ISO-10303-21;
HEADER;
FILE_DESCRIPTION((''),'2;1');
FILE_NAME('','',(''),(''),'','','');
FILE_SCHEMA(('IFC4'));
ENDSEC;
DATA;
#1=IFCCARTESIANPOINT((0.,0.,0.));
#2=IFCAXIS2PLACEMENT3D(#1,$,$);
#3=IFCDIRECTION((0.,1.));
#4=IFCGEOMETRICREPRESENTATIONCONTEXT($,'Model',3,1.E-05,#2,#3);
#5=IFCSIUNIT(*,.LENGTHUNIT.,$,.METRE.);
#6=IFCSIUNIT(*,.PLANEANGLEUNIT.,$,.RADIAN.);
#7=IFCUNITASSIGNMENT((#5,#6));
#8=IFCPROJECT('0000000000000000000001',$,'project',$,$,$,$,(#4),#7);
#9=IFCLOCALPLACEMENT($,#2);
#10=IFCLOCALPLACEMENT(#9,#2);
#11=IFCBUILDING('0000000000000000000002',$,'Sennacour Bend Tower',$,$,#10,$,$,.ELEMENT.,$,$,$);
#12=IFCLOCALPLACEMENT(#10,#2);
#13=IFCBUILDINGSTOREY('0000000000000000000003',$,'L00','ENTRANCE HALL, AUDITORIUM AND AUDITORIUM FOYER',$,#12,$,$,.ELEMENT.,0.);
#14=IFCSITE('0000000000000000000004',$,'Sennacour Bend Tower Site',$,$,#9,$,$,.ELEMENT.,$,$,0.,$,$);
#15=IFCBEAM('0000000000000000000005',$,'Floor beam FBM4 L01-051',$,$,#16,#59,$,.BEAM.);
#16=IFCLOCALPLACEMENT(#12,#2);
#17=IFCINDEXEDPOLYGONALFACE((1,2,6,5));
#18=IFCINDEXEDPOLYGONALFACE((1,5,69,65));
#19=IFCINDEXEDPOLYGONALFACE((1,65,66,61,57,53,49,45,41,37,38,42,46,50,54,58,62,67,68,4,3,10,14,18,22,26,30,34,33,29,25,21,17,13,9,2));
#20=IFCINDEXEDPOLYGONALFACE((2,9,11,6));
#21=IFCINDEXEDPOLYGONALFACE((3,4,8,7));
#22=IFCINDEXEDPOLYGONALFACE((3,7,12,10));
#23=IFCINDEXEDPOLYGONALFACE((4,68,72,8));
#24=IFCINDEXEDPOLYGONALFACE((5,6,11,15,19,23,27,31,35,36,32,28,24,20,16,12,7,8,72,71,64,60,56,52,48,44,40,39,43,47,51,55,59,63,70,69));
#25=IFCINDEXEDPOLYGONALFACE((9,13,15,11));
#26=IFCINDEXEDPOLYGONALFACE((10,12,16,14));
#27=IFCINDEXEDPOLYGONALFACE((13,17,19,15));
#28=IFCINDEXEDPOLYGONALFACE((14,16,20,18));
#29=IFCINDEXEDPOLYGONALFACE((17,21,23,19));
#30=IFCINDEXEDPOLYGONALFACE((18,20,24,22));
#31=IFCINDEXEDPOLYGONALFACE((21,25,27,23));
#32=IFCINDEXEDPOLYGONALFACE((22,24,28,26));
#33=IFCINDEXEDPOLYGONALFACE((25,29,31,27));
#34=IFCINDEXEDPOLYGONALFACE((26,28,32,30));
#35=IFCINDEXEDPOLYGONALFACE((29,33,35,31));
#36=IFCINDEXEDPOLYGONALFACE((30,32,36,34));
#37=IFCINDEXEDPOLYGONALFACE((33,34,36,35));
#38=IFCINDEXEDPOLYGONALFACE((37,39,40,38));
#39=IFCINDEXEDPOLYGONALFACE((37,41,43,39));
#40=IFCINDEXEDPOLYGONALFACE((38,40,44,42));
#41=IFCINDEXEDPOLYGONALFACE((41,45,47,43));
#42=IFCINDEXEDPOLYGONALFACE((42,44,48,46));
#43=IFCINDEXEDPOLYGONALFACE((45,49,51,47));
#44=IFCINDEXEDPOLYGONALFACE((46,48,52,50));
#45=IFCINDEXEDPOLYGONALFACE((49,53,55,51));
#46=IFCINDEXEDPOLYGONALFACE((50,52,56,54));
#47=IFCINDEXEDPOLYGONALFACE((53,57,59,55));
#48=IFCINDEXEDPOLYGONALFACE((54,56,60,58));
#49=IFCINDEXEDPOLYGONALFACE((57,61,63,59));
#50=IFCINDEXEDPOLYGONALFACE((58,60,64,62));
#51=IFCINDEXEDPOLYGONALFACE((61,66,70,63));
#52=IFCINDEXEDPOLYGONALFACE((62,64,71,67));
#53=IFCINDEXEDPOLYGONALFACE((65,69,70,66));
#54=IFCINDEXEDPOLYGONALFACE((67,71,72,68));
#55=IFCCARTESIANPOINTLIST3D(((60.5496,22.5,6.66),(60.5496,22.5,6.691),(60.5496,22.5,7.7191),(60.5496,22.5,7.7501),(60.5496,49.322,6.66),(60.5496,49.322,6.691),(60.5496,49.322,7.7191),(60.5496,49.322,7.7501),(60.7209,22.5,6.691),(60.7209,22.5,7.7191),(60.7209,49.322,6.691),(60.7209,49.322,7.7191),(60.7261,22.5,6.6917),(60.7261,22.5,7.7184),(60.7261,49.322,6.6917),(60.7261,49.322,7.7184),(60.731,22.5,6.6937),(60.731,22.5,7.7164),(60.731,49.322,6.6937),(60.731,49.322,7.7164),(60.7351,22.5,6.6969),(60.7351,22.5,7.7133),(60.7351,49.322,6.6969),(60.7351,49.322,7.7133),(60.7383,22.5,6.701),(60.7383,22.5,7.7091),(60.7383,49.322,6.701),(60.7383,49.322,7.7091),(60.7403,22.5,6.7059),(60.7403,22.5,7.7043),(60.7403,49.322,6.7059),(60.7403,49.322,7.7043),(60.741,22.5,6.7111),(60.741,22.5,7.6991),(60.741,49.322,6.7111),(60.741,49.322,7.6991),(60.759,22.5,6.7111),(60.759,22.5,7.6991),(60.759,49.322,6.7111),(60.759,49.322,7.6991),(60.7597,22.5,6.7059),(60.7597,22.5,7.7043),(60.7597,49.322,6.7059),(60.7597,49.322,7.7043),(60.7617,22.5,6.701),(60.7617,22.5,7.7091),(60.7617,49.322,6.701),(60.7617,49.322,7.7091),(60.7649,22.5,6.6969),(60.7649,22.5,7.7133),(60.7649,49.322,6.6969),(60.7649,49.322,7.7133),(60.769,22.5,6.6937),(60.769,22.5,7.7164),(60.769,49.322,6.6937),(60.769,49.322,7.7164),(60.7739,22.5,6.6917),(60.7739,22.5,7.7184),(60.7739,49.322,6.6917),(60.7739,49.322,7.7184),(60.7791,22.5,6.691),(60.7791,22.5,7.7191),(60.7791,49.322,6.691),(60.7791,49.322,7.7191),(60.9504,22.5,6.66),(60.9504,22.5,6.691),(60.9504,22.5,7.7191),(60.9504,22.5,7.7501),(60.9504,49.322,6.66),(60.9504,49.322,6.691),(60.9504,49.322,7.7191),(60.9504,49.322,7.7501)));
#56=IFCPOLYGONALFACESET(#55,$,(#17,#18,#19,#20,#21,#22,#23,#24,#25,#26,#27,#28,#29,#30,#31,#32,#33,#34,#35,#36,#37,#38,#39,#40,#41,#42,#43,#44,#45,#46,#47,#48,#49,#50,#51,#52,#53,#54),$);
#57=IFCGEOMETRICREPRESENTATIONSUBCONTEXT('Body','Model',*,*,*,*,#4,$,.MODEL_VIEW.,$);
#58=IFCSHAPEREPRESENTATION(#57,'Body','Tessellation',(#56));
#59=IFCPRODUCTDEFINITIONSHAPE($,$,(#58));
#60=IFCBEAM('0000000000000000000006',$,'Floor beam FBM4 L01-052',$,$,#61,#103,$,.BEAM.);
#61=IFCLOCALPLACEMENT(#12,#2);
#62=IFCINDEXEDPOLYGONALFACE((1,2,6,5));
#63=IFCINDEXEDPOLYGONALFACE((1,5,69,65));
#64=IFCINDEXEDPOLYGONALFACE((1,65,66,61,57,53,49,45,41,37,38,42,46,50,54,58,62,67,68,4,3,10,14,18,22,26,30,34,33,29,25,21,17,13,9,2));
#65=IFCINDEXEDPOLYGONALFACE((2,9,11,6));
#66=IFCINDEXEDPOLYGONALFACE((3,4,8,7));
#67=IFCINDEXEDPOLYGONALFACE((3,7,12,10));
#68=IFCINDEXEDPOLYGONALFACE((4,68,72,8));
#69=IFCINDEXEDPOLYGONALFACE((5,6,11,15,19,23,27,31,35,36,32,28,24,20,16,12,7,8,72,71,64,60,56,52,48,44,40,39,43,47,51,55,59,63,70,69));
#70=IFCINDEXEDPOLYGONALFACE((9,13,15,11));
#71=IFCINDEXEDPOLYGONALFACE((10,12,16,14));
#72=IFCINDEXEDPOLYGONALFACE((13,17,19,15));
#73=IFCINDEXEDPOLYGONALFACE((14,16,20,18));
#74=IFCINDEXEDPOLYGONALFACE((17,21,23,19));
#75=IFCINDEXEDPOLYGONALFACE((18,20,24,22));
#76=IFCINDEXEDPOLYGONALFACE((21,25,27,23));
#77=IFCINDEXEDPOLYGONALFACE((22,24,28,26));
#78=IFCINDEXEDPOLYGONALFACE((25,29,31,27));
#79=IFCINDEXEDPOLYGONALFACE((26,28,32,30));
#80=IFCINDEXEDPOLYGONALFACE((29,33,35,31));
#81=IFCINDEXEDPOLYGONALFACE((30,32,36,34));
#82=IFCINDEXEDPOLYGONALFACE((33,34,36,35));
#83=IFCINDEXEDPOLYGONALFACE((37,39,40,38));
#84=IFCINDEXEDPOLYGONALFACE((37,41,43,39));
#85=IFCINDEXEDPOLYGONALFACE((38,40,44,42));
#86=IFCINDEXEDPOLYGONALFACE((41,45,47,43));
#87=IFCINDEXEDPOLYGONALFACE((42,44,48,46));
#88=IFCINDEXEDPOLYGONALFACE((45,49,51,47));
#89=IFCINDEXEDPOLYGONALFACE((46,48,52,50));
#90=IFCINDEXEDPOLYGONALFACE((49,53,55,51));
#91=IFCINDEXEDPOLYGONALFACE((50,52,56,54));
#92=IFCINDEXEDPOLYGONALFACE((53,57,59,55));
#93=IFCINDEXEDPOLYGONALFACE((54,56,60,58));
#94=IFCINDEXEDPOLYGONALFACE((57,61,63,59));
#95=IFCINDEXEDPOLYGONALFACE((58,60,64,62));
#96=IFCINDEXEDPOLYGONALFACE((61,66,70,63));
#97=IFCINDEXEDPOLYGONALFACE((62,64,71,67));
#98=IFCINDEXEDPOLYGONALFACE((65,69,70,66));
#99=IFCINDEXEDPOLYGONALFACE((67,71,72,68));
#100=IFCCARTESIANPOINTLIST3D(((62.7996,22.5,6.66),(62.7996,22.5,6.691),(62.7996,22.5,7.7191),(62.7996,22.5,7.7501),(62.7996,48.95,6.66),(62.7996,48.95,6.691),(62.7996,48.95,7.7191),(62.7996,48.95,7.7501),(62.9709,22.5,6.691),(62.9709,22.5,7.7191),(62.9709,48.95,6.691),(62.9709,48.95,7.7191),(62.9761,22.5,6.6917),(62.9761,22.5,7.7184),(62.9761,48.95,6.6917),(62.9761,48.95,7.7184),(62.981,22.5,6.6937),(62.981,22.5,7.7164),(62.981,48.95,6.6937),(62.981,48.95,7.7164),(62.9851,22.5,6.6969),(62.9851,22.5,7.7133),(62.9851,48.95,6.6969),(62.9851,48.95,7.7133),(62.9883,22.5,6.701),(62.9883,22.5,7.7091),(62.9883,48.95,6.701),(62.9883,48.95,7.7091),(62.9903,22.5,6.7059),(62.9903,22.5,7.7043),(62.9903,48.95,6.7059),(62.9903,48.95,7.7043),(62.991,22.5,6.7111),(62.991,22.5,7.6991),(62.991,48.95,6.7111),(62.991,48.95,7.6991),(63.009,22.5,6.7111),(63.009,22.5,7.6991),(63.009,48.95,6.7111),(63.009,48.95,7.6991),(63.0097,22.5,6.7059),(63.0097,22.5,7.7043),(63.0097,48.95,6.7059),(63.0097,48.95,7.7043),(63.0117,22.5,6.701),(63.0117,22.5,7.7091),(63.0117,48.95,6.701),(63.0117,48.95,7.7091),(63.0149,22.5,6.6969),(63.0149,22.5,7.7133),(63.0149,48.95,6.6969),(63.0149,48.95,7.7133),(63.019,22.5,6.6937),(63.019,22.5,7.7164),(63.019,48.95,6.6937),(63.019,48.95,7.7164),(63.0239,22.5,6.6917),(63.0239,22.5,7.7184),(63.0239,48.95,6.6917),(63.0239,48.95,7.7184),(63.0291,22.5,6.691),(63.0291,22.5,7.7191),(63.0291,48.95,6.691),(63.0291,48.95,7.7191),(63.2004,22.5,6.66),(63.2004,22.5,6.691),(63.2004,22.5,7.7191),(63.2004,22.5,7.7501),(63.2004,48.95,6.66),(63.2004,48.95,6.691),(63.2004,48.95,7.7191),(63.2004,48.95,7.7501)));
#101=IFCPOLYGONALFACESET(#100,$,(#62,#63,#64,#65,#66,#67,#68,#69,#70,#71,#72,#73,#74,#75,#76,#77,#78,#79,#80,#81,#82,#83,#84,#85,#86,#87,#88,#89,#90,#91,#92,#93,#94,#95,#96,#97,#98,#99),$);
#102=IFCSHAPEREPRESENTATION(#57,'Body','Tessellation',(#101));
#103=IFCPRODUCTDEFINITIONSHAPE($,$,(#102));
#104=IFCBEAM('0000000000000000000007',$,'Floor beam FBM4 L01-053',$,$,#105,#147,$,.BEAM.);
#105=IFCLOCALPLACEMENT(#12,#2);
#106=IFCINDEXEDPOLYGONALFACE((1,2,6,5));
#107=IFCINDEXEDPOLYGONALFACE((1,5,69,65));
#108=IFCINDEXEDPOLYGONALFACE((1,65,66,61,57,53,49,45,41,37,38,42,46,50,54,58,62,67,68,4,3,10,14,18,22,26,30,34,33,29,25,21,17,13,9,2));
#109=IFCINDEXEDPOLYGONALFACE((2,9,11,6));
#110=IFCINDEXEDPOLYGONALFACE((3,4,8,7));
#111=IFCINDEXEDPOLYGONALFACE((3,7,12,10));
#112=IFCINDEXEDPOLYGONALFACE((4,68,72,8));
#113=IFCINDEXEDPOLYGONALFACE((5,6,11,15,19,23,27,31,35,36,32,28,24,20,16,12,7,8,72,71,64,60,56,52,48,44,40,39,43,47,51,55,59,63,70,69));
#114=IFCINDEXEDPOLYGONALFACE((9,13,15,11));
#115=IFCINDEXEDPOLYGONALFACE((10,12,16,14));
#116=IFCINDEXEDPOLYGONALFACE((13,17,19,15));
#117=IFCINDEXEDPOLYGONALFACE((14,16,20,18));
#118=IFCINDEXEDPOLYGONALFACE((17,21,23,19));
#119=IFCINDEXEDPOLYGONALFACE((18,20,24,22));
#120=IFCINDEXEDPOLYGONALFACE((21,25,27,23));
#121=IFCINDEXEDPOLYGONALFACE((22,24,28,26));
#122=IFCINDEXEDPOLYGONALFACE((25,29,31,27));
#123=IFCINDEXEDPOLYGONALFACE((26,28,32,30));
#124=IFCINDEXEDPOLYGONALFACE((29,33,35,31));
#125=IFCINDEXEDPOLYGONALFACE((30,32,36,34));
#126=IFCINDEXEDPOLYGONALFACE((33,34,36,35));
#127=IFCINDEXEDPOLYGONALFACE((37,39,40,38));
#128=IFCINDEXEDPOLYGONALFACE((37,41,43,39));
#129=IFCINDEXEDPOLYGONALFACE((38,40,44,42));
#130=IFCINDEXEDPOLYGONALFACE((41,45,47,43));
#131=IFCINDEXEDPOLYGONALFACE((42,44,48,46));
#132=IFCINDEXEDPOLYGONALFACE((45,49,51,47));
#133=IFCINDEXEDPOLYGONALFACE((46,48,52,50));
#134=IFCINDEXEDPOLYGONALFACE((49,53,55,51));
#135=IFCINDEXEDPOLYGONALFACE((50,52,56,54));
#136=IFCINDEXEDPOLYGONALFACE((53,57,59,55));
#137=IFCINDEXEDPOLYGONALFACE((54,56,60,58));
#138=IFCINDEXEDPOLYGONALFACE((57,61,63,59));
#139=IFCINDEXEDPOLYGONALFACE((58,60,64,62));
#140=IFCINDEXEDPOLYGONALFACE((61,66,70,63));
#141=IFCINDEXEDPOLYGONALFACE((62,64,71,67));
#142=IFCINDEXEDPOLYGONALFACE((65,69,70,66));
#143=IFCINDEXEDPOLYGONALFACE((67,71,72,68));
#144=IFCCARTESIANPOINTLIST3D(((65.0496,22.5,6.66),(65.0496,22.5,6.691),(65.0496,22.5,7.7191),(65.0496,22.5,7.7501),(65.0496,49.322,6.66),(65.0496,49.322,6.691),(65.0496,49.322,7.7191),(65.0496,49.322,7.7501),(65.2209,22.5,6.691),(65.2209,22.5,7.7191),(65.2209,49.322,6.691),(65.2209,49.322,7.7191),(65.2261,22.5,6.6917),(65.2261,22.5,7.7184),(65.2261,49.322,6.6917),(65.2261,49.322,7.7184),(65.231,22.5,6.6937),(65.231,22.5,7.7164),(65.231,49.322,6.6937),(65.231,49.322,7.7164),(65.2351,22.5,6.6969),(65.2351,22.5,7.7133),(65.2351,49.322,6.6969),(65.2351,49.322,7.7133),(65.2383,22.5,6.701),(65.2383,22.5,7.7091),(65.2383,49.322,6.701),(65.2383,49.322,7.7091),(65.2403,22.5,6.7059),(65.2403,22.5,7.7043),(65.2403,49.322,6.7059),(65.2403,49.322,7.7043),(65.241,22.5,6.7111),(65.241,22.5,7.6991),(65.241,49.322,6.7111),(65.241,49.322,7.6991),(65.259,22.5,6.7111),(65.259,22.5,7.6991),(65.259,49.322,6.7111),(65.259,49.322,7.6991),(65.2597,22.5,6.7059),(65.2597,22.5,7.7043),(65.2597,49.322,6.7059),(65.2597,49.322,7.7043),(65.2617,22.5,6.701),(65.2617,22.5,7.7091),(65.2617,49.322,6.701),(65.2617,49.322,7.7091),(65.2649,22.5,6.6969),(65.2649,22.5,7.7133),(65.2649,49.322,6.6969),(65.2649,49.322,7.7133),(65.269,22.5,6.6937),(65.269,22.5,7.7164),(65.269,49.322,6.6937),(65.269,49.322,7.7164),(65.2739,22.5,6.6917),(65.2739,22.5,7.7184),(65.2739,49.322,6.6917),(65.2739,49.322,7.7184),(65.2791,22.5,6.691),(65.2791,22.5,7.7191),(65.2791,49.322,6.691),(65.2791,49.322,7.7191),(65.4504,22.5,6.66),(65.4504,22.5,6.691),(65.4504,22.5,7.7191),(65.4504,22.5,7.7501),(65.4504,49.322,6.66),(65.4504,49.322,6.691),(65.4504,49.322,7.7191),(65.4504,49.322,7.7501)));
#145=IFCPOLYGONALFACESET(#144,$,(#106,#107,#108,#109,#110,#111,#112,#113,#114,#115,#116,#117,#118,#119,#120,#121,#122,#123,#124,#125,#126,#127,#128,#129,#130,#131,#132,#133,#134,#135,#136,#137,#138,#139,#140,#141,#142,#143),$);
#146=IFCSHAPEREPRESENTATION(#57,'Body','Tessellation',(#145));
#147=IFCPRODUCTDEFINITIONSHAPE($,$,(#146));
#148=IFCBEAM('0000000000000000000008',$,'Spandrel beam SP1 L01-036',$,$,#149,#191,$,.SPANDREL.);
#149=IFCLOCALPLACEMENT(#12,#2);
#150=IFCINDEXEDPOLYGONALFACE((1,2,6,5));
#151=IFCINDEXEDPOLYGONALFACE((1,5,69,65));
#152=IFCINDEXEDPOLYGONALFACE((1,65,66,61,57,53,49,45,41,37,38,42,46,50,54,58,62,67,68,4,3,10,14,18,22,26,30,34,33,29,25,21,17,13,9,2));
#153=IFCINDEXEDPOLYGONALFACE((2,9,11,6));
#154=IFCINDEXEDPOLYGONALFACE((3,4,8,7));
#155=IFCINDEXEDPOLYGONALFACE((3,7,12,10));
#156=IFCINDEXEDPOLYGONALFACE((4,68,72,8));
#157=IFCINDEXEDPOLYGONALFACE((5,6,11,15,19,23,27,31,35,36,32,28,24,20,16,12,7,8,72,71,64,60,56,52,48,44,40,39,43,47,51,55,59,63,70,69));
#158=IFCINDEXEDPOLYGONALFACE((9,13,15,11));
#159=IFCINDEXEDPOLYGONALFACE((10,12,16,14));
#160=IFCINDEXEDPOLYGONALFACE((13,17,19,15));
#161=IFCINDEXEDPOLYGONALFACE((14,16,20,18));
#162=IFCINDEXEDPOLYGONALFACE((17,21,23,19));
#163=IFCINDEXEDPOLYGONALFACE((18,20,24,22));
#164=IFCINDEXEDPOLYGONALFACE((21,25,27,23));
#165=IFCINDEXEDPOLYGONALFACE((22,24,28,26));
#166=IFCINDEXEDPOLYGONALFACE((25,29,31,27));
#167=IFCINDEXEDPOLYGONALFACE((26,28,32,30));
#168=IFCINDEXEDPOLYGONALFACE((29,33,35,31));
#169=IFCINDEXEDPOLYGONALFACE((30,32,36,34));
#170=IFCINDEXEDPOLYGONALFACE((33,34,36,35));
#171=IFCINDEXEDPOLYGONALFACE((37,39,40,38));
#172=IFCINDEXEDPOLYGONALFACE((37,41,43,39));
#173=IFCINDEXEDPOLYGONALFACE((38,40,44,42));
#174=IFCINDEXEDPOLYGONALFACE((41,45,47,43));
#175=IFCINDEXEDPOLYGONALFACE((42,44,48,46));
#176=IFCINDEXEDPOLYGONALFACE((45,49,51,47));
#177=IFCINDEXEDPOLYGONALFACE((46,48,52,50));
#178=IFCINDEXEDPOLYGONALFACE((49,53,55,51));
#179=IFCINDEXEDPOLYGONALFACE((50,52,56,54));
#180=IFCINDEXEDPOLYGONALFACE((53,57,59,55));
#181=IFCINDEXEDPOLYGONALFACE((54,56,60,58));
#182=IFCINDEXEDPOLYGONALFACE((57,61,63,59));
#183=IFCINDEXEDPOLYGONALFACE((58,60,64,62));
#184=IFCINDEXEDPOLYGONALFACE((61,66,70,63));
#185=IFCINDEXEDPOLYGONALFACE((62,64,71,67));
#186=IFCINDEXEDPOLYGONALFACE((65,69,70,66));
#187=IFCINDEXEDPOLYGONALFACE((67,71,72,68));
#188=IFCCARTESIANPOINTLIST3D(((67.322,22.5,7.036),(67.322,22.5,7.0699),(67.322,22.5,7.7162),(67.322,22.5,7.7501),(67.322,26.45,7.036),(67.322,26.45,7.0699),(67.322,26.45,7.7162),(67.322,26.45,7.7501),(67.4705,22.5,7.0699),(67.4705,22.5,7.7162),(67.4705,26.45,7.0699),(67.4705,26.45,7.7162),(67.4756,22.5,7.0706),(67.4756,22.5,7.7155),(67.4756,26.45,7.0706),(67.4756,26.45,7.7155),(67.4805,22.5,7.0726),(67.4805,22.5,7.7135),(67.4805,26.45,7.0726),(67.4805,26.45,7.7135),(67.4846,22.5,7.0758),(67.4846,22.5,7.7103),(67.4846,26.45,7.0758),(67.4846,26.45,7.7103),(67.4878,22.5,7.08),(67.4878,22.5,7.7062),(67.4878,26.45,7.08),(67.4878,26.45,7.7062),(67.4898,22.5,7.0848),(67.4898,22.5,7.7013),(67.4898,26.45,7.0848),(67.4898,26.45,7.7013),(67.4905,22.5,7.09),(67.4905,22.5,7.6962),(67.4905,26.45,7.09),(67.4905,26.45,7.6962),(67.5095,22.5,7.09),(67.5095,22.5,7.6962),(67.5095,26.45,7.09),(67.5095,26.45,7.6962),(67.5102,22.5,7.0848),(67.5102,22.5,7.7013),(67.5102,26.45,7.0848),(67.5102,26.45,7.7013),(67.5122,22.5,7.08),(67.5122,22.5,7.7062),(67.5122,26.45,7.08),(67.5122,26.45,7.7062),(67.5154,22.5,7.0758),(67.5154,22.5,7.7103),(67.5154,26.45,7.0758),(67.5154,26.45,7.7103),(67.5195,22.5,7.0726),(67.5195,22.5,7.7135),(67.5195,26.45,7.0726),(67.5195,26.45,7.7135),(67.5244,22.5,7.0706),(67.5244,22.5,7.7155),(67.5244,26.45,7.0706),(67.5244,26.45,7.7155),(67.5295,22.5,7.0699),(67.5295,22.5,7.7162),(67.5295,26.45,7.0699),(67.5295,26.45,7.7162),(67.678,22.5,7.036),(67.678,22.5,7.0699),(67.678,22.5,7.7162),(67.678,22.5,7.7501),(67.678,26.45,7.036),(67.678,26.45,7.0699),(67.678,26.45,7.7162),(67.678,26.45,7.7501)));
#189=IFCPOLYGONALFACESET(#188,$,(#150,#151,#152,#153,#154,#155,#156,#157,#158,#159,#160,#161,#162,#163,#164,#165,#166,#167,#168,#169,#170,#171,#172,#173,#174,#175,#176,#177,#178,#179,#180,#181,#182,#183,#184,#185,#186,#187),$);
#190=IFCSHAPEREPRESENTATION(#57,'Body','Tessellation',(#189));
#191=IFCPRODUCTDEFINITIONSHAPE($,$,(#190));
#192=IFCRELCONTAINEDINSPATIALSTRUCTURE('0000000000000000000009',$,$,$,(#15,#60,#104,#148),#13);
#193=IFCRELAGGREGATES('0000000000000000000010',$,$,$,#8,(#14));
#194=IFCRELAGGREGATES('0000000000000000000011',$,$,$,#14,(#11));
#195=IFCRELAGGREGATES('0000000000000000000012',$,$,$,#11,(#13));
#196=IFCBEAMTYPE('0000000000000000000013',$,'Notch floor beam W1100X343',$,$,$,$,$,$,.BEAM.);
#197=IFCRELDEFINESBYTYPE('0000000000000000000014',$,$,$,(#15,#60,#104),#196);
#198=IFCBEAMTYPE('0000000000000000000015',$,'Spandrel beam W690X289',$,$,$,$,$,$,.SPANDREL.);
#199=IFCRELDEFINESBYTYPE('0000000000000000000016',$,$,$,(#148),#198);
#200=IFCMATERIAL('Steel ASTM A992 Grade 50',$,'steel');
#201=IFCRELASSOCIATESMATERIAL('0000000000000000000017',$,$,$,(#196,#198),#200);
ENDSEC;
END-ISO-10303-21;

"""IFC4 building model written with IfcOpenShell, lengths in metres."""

from ifc_helpers import new_model, si_unit, direction, frame, origin, origin_2d, place, context, subcontext, project, spatial, i_section, extrude, material, material_profile, profile_set, type_object, element, save


model = new_model("IFC4")

# Units and contexts
model_context = context("Model", 3, precision=1e-05, world=origin(), true_north=direction((0.0, 1.0)))
body_context = subcontext(model_context, "Body", "Model", "MODEL_VIEW")
ifc_project = project(units=[si_unit("LENGTHUNIT", "METRE"), si_unit("PLANEANGLEUNIT", "RADIAN")], contexts=[model_context])

# Site, building, storey
site_placement = place(None, origin())
site = spatial("IfcSite", under=ifc_project, at=site_placement, Name="Sennacour Bend Tower Site", CompositionType="ELEMENT", RefElevation=0.0)
building_placement = place(site_placement, origin())
building = spatial("IfcBuilding", under=site, at=building_placement, Name="Sennacour Bend Tower", CompositionType="ELEMENT")
storey_placement = place(building_placement, origin())
storey = spatial("IfcBuildingStorey", under=building, at=storey_placement, Name="L00", Description="ENTRANCE HALL, AUDITORIUM AND AUDITORIUM FOYER", CompositionType="ELEMENT", Elevation=0.0)

# Beams
ifc_material_1 = material(Name="Steel ASTM A992 Grade 50", Category="steel")
ifc_material_profile_1 = material_profile(ifc_material_1, i_section(OverallWidth=0.4009, OverallDepth=1.0901, WebThickness=0.0181, FlangeThickness=0.031, FilletRadius=0.02, at=origin_2d()), Name="Steel ASTM A992 Grade 50", Category="steel")
ifc_profile_set_1 = profile_set([ifc_material_profile_1], Name="Steel ASTM A992 Grade 50")
beam_type_1 = type_object("IfcBeamType", Name="Notch floor beam W1100X343", PredefinedType="BEAM", material=ifc_profile_set_1)
beam_1_placement = place(storey_placement, frame((60.75, 22.5, 7.2051), z_axis=(0.0, 1.0, 0.0), x_axis=(-1.0, 0.0, 0.0)))
element("IfcBeam", 1, at=beam_1_placement, inside=storey, type_object=beam_type_1, Name="Floor beam FBM4 L01-051", PredefinedType="BEAM", context=body_context, shape_type="SweptSolid", body=[
    extrude(i_section(OverallWidth=0.4009, OverallDepth=1.0901, WebThickness=0.0181, FlangeThickness=0.031, FilletRadius=0.02, at=origin_2d()), origin(), (0.0, 0.0, 1.0), 26.822),
])
beam_2_placement = place(storey_placement, frame((63.0, 22.5, 7.2051), z_axis=(0.0, 1.0, 0.0), x_axis=(-1.0, 0.0, 0.0)))
element("IfcBeam", 2, at=beam_2_placement, inside=storey, type_object=beam_type_1, Name="Floor beam FBM4 L01-052", PredefinedType="BEAM", context=body_context, shape_type="SweptSolid", body=[
    extrude(i_section(OverallWidth=0.4009, OverallDepth=1.0901, WebThickness=0.0181, FlangeThickness=0.031, FilletRadius=0.02, at=origin_2d()), origin(), (0.0, 0.0, 1.0), 26.45),
])
beam_3_placement = place(storey_placement, frame((65.25, 22.5, 7.2051), z_axis=(0.0, 1.0, 0.0), x_axis=(-1.0, 0.0, 0.0)))
element("IfcBeam", 3, at=beam_3_placement, inside=storey, type_object=beam_type_1, Name="Floor beam FBM4 L01-053", PredefinedType="BEAM", context=body_context, shape_type="SweptSolid", body=[
    extrude(i_section(OverallWidth=0.4009, OverallDepth=1.0901, WebThickness=0.0181, FlangeThickness=0.031, FilletRadius=0.02, at=origin_2d()), origin(), (0.0, 0.0, 1.0), 26.822),
])
ifc_material_profile_2 = material_profile(ifc_material_1, i_section(OverallWidth=0.356, OverallDepth=0.7141, WebThickness=0.019, FlangeThickness=0.0339, FilletRadius=0.02, at=origin_2d()), Name="Steel ASTM A992 Grade 50", Category="steel")
ifc_profile_set_2 = profile_set([ifc_material_profile_2], Name="Steel ASTM A992 Grade 50")
beam_type_2 = type_object("IfcBeamType", Name="Spandrel beam W690X289", PredefinedType="SPANDREL", material=ifc_profile_set_2)
beam_4_placement = place(storey_placement, frame((67.5, 22.5, 7.3931), z_axis=(0.0, 1.0, 0.0), x_axis=(-1.0, 0.0, 0.0)))
element("IfcBeam", 4, at=beam_4_placement, inside=storey, type_object=beam_type_2, Name="Spandrel beam SP1 L01-036", PredefinedType="SPANDREL", context=body_context, shape_type="SweptSolid", body=[
    extrude(i_section(OverallWidth=0.356, OverallDepth=0.7141, WebThickness=0.019, FlangeThickness=0.0339, FilletRadius=0.02, at=origin_2d()), origin(), (0.0, 0.0, 1.0), 3.95),
])

save(model, "model.ifc")
